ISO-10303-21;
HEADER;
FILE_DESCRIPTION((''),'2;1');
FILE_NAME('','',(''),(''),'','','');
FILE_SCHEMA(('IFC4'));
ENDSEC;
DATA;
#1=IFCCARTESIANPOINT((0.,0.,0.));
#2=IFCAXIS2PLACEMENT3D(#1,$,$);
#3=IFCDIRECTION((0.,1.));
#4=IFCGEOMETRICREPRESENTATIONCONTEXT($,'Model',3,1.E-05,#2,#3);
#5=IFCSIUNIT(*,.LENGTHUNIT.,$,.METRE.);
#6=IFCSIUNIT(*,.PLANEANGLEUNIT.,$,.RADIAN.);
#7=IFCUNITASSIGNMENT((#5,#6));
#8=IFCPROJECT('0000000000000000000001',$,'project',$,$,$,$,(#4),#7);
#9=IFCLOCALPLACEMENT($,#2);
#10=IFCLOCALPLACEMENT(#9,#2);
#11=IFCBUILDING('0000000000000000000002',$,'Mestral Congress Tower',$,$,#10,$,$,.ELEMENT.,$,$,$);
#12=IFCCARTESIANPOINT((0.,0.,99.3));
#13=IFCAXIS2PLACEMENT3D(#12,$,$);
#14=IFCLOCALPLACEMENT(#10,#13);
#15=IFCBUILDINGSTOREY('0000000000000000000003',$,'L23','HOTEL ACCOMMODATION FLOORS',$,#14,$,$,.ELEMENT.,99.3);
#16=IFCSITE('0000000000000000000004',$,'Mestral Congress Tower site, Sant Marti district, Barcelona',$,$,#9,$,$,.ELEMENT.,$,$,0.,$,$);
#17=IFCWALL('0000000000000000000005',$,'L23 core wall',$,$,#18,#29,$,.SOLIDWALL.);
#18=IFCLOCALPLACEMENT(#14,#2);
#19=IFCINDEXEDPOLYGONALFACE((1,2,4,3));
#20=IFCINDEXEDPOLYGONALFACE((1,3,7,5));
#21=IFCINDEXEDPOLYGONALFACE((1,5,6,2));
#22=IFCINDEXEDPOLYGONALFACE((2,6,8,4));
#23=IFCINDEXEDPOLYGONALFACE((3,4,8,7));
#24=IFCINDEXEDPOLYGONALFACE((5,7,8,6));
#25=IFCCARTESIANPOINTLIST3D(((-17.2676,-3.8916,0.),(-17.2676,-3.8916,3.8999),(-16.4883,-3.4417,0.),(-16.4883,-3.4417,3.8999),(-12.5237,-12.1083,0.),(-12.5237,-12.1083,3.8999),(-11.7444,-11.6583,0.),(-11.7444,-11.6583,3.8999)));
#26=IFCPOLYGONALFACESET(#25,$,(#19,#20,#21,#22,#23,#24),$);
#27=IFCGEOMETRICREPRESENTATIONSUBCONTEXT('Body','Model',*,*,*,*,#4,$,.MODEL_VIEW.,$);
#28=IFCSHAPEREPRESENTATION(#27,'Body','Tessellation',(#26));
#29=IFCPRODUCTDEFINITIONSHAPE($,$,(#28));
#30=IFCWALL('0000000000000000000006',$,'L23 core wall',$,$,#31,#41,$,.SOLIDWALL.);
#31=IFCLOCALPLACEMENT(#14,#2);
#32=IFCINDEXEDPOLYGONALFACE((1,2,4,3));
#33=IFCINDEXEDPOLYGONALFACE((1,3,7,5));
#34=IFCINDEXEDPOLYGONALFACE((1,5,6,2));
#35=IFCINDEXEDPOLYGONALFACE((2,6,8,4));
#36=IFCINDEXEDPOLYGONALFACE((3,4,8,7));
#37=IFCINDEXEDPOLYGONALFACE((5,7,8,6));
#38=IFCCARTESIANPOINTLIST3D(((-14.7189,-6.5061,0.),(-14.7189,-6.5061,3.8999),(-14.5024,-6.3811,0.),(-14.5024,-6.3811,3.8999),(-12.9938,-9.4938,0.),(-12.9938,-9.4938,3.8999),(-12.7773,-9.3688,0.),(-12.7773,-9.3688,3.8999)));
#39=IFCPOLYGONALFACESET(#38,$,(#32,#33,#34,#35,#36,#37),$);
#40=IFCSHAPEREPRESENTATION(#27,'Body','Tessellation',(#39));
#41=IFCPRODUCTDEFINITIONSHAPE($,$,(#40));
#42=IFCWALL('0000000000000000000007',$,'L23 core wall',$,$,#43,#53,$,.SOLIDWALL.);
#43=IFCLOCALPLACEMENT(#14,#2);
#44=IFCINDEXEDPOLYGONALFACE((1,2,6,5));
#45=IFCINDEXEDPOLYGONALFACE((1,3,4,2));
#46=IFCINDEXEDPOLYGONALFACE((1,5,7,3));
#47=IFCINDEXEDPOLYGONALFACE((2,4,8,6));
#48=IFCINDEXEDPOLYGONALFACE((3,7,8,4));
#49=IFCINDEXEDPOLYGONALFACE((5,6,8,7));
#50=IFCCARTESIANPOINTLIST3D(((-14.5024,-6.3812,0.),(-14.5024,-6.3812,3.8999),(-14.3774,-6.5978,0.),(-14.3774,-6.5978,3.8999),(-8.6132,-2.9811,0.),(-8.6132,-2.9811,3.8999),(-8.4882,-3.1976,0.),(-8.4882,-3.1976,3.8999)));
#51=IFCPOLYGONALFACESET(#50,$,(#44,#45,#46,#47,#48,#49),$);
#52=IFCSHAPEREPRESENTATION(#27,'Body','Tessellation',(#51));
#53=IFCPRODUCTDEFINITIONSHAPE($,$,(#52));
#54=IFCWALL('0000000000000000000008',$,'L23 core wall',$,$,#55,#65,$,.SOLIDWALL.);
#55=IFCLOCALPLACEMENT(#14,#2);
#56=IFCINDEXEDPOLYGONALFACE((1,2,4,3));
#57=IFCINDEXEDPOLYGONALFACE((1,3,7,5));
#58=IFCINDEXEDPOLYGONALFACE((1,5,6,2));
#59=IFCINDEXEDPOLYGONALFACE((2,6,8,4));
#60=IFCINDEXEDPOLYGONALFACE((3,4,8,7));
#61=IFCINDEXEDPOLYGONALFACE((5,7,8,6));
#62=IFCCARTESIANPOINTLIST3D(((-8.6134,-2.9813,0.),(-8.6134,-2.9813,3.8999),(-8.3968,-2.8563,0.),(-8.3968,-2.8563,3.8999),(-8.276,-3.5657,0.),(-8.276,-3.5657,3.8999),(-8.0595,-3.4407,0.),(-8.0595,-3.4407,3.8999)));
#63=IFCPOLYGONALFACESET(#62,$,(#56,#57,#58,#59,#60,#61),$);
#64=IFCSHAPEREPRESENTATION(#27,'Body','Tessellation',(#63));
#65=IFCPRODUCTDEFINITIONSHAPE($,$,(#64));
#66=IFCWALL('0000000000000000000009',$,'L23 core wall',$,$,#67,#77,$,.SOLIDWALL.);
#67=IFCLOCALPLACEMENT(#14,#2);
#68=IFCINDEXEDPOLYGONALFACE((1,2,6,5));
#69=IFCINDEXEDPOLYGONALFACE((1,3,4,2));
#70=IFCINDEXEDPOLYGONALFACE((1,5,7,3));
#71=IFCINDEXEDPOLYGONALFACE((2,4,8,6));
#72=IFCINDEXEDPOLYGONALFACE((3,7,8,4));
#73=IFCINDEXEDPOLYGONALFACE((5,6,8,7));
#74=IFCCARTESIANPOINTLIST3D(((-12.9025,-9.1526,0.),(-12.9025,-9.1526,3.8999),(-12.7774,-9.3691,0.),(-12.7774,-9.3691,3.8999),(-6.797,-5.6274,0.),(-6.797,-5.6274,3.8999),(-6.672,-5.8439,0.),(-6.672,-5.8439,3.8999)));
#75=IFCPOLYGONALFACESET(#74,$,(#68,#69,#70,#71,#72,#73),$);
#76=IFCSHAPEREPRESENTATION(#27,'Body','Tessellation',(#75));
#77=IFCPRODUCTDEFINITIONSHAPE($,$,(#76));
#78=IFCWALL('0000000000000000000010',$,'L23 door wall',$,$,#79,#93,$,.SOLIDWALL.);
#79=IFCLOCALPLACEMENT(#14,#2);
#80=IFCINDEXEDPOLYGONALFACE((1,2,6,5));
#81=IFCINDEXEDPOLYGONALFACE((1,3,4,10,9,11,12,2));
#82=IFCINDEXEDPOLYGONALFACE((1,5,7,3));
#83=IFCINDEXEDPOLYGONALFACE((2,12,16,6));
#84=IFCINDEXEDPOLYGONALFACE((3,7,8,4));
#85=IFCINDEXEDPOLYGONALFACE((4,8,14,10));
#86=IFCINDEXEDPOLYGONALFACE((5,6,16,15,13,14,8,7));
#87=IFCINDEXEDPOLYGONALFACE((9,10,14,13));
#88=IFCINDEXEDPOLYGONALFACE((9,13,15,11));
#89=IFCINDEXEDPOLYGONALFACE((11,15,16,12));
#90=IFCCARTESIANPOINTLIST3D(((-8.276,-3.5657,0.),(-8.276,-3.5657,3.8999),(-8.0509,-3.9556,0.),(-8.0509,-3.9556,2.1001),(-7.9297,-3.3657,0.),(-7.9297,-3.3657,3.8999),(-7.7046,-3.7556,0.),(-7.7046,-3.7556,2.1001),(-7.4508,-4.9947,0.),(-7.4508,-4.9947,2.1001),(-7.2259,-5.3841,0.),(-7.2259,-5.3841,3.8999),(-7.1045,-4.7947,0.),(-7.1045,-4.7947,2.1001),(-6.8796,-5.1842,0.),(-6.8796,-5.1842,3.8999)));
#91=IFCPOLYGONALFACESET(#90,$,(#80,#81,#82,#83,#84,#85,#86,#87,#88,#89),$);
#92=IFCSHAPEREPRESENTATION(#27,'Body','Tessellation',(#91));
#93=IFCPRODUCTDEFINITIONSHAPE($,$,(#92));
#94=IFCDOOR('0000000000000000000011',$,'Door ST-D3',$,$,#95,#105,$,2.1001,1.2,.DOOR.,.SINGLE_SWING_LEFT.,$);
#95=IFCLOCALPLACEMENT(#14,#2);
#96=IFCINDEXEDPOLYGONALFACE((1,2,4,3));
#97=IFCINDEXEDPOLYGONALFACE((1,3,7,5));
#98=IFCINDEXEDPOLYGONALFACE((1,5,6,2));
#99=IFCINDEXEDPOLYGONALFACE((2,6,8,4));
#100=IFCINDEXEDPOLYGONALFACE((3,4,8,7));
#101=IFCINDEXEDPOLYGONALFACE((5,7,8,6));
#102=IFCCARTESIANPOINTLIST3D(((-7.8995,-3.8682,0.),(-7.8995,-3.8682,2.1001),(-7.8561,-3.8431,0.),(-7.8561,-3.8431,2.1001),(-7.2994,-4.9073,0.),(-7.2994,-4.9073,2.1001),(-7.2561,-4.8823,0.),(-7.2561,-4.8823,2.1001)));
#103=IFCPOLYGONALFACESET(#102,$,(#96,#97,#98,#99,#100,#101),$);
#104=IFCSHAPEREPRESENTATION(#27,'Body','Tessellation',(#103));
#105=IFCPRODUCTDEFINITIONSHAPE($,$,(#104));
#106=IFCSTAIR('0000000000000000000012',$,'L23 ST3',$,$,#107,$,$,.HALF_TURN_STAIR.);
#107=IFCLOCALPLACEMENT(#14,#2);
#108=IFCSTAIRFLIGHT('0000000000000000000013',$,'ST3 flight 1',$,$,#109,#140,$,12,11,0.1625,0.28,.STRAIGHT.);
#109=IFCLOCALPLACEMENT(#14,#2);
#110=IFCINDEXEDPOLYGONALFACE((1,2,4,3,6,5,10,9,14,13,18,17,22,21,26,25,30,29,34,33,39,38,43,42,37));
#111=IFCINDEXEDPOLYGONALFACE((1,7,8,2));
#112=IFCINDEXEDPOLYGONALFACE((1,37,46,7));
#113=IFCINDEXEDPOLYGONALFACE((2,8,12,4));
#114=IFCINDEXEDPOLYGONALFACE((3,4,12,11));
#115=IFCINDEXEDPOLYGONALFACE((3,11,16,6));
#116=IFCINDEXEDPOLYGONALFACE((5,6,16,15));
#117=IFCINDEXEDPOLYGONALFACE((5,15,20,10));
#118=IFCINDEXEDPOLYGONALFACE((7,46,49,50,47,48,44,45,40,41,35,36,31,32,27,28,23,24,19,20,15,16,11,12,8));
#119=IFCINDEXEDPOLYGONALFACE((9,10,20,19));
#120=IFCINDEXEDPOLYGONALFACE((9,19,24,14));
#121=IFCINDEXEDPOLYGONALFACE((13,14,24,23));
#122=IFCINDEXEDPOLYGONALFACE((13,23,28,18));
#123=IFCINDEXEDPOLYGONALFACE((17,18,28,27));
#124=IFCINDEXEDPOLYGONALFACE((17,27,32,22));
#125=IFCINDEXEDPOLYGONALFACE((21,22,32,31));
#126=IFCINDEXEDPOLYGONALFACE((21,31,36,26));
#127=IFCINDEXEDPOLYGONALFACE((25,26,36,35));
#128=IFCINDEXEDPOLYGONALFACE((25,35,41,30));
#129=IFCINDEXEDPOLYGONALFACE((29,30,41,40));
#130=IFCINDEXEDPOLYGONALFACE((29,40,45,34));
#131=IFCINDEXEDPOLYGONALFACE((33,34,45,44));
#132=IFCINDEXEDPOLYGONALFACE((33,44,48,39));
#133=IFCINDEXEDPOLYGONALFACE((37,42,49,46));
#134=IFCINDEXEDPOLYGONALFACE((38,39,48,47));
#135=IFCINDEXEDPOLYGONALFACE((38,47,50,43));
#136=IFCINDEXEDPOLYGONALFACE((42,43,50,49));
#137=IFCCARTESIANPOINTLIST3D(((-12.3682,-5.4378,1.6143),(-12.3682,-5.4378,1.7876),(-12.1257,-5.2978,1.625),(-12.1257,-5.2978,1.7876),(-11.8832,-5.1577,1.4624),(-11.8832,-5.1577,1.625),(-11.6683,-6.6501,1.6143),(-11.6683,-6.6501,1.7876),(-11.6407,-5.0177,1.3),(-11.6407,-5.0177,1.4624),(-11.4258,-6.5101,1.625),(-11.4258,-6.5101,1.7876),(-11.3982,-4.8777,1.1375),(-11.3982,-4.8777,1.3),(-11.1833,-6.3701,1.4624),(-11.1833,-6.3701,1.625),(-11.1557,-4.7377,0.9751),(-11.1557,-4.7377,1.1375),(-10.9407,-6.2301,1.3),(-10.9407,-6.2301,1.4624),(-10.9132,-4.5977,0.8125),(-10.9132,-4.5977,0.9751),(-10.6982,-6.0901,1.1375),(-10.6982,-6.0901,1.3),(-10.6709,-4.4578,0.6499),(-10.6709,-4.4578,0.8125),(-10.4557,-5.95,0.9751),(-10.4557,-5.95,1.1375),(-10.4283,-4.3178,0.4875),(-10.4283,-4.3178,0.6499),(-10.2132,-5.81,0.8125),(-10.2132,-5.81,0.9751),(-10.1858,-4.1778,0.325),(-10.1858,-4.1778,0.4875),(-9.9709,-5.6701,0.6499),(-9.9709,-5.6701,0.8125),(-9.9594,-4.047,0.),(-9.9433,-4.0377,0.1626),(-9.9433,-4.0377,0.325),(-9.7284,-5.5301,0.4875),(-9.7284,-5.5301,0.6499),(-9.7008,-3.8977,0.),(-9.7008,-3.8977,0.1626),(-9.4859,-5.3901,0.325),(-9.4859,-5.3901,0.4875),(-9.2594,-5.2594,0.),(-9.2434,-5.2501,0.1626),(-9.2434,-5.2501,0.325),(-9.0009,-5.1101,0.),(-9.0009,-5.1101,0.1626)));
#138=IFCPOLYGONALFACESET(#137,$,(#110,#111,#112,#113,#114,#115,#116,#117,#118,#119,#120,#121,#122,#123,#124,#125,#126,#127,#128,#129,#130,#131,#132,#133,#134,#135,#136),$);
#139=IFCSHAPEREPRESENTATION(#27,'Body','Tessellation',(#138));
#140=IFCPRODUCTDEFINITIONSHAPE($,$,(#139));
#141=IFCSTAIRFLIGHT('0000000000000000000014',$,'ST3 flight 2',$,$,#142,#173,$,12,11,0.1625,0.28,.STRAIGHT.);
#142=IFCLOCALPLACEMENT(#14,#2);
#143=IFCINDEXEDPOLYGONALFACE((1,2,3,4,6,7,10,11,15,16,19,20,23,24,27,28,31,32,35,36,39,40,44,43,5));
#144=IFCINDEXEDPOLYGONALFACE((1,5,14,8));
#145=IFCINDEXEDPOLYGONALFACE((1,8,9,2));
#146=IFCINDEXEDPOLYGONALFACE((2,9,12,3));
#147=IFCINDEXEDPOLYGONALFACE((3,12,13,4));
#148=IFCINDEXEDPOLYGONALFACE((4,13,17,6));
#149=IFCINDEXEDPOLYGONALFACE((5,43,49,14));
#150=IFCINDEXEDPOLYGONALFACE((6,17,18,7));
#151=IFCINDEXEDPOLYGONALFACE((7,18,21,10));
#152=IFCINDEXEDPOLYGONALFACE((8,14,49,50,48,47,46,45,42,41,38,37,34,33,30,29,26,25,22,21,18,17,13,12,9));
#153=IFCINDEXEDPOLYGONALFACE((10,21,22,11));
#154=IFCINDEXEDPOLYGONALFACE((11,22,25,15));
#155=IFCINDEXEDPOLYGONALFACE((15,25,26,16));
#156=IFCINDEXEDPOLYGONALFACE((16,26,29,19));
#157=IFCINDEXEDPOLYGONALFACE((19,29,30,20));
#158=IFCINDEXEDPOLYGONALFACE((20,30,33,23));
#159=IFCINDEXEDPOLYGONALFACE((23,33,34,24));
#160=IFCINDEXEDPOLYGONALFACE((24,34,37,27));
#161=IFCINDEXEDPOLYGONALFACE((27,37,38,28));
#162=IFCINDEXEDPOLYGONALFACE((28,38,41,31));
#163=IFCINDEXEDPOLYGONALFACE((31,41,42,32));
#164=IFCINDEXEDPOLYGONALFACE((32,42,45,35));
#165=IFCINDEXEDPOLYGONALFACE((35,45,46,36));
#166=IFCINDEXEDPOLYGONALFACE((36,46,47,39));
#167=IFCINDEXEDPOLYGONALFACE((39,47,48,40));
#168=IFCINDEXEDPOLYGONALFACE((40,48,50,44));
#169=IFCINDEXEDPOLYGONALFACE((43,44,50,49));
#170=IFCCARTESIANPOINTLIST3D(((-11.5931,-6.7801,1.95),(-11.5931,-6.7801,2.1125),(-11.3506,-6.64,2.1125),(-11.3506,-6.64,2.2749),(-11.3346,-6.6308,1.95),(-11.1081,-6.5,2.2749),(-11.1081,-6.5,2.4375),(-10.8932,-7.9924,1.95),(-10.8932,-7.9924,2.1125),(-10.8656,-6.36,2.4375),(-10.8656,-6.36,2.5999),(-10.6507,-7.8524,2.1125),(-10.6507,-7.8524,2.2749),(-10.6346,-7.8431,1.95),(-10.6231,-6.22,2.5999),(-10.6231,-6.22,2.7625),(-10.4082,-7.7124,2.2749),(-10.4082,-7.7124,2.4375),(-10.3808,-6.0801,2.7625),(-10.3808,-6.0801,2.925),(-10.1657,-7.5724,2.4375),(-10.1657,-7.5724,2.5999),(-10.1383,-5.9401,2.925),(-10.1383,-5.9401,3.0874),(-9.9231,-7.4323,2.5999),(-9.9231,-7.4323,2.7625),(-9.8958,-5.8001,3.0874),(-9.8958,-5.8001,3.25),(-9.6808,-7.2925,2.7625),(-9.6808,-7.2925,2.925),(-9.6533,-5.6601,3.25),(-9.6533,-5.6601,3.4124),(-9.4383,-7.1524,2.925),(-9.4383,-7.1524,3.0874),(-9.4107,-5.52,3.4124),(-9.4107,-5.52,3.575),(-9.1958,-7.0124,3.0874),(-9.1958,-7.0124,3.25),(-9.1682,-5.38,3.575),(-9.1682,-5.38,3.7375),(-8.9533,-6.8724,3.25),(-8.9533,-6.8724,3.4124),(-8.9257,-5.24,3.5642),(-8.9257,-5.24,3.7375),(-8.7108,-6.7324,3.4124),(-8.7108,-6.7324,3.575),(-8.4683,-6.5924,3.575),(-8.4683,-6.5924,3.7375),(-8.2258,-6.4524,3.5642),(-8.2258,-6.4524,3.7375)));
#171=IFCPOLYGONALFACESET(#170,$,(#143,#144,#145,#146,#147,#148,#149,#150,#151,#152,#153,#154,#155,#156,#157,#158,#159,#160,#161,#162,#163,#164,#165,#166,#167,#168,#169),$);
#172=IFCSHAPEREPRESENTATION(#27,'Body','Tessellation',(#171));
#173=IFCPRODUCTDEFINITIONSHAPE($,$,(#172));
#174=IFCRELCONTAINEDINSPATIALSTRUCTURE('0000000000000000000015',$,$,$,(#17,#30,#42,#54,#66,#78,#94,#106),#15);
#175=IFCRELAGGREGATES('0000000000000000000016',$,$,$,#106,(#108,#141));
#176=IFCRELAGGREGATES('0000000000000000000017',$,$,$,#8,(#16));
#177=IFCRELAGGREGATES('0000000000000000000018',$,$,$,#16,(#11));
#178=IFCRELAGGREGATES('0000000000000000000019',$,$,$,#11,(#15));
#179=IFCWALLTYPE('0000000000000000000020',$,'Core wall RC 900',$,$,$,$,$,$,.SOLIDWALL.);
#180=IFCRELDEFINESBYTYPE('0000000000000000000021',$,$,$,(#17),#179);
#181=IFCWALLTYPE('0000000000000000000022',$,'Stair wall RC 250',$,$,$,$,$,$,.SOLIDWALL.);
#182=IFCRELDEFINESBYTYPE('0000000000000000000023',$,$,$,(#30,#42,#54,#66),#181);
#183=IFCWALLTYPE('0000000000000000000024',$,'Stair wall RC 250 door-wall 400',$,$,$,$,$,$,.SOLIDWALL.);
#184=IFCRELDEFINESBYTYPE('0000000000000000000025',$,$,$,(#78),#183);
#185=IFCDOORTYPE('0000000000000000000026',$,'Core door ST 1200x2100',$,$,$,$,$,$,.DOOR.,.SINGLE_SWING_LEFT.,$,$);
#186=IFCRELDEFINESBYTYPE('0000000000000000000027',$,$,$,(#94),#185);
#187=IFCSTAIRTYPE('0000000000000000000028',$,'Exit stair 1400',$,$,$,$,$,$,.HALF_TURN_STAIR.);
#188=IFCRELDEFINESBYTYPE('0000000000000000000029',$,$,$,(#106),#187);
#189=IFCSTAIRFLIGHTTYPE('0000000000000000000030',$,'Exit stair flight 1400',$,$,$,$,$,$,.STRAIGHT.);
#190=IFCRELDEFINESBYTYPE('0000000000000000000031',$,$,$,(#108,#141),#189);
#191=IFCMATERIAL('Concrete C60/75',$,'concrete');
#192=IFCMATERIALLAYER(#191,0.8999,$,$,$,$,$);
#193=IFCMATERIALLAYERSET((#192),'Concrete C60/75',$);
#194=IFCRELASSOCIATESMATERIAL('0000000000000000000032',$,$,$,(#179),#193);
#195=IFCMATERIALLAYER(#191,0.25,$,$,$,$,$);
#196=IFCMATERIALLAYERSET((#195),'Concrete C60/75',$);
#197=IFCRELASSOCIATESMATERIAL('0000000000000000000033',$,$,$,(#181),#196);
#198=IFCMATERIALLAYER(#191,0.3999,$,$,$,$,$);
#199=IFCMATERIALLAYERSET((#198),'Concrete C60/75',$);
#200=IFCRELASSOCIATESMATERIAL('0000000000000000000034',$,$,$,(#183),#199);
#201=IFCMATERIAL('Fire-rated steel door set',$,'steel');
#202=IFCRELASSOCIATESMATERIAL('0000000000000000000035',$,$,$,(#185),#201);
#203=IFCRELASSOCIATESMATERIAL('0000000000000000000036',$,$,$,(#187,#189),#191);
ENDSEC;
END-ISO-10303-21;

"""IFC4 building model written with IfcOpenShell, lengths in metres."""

from ifc_helpers import new_model, si_unit, direction, frame, frame_2d, origin, place, context, subcontext, project, spatial, polyline, rectangle, outline, extrude, material, layer, layer_set, type_object, element, fill, aggregate, save


model = new_model("IFC4")

# Units and contexts
model_context = context("Model", 3, precision=1e-05, world=origin(), true_north=direction((0.0, 1.0)))
body_context = subcontext(model_context, "Body", "Model", "MODEL_VIEW")
ifc_project = project(units=[si_unit("LENGTHUNIT", "METRE"), si_unit("PLANEANGLEUNIT", "RADIAN")], contexts=[model_context])

# Site, building, storey
site_placement = place(None, origin())
site = spatial("IfcSite", under=ifc_project, at=site_placement, Name="Mestral Congress Tower site, Sant Marti district, Barcelona", CompositionType="ELEMENT", RefElevation=0.0)
building_placement = place(site_placement, origin())
building = spatial("IfcBuilding", under=site, at=building_placement, Name="Mestral Congress Tower", CompositionType="ELEMENT")
storey_placement = place(building_placement, frame((0.0, 0.0, 99.3)))
storey = spatial("IfcBuildingStorey", under=building, at=storey_placement, Name="L23", Description="HOTEL ACCOMMODATION FLOORS", CompositionType="ELEMENT", Elevation=99.3)

# Walls
ifc_material_1 = material(Name="Concrete C60/75", Category="concrete")
ifc_layer_1 = layer(ifc_material_1, 0.8999)
ifc_layer_set_1 = layer_set([ifc_layer_1], Name="Concrete C60/75")
wall_type_1 = type_object("IfcWallType", Name="Core wall RC 900", PredefinedType="SOLIDWALL", material=ifc_layer_set_1)
wall_1_placement = place(storey_placement, frame((-12.134, -11.8833, 0.0), z_axis=(0.0, 0.0, 1.0), x_axis=(-0.500005, 0.866022, 0.0)))
element("IfcWall", 1, at=wall_1_placement, inside=storey, type_object=wall_type_1, Name="L23 core wall", PredefinedType="SOLIDWALL", context=body_context, shape_type="SweptSolid", body=[
    extrude(rectangle(XDim=9.4878, YDim=0.8999, at=frame_2d((4.7439, 0.0))), origin(), (0.0, 0.0, 1.0), 3.8999),
])
ifc_layer_2 = layer(ifc_material_1, 0.25)
ifc_layer_set_2 = layer_set([ifc_layer_2], Name="Concrete C60/75")
wall_type_2 = type_object("IfcWallType", Name="Stair wall RC 250", PredefinedType="SOLIDWALL", material=ifc_layer_set_2)
wall_2_placement = place(storey_placement, frame((-12.8855, -9.4314, 0.0), z_axis=(0.0, 0.0, 1.0), x_axis=(-0.500021, 0.866014, 0.0)))
element("IfcWall", 2, at=wall_2_placement, inside=storey, type_object=wall_type_2, Name="L23 core wall", PredefinedType="SOLIDWALL", context=body_context, shape_type="SweptSolid", body=[
    extrude(rectangle(XDim=3.45, YDim=0.25, at=frame_2d((1.7251, 0.0))), origin(), (0.0, 0.0, 1.0), 3.8999),
])
wall_3_placement = place(storey_placement, frame((-14.4399, -6.4895, 0.0), z_axis=(0.0, 0.0, 1.0), x_axis=(0.866023, 0.500004, 0.0)))
element("IfcWall", 3, at=wall_3_placement, inside=storey, type_object=wall_type_2, Name="L23 core wall", PredefinedType="SOLIDWALL", context=body_context, shape_type="SweptSolid", body=[
    extrude(rectangle(XDim=6.8003, YDim=0.25, at=frame_2d((3.4001, 0.0))), origin(), (0.0, 0.0, 1.0), 3.8999),
])
wall_4_placement = place(storey_placement, frame((-8.1677, -3.5032, 0.0), z_axis=(0.0, 0.0, 1.0), x_axis=(-0.499952, 0.866053, 0.0)))
element("IfcWall", 4, at=wall_4_placement, inside=storey, type_object=wall_type_2, Name="L23 core wall", PredefinedType="SOLIDWALL", context=body_context, shape_type="SweptSolid", body=[
    extrude(rectangle(XDim=0.6748, YDim=0.25, at=frame_2d((0.3374, 0.0))), origin(), (0.0, 0.0, 1.0), 3.8999),
])
wall_5_placement = place(storey_placement, frame((-12.8398, -9.2607, 0.0), z_axis=(0.0, 0.0, 1.0), x_axis=(0.866016, 0.500016, 0.0)))
element("IfcWall", 5, at=wall_5_placement, inside=storey, type_object=wall_type_2, Name="L23 core wall", PredefinedType="SOLIDWALL", context=body_context, shape_type="SweptSolid", body=[
    extrude(rectangle(XDim=7.05, YDim=0.25, at=frame_2d((3.5249, 0.0))), origin(), (0.0, 0.0, 1.0), 3.8999),
])

# Wall, opening, door
ifc_layer_3 = layer(ifc_material_1, 0.3999)
ifc_layer_set_3 = layer_set([ifc_layer_3], Name="Concrete C60/75")
wall_type_3 = type_object("IfcWallType", Name="Stair wall RC 250 door-wall 400", PredefinedType="SOLIDWALL", material=ifc_layer_set_3)
wall_6_placement = place(storey_placement, frame((-8.1028, -3.4658, 0.0), z_axis=(0.0, 0.0, 1.0), x_axis=(0.500078, -0.86598, 0.0)))
wall_6 = element("IfcWall", 6, at=wall_6_placement, inside=storey, type_object=wall_type_3, Name="L23 door wall", PredefinedType="SOLIDWALL", context=body_context, shape_type="SweptSolid", body=[
    extrude(rectangle(XDim=2.0999, YDim=0.3999, at=frame_2d((1.0498, 0.0))), origin(), (0.0, 0.0, 1.0), 3.8999),
])
opening_placement = place(wall_6_placement, frame((0.45, 0.0, 0.0)))
opening = element("IfcOpeningElement", 7, at=opening_placement, cuts=wall_6, PredefinedType="OPENING", context=body_context, shape_type="SweptSolid", body=[
    extrude(rectangle(XDim=1.2, YDim=2.1001, at=frame_2d((0.6001, 1.05))), frame((0.0, 0.21, 0.0), z_axis=(0.0, -1.0, 0.0), x_axis=(1.0, 0.0, 0.0)), (0.0, 0.0, 1.0), 0.4199),
])
ifc_material_2 = material(Name="Fire-rated steel door set", Category="steel")
door_type = type_object("IfcDoorType", Name="Core door ST 1200x2100", OperationType="SINGLE_SWING_LEFT", PredefinedType="DOOR", material=ifc_material_2)
door_placement = place(opening_placement, origin())
door = element("IfcDoor", 8, at=door_placement, inside=storey, type_object=door_type, Name="Door ST-D3", OperationType="SINGLE_SWING_LEFT", OverallHeight=2.1001, OverallWidth=1.2, PredefinedType="DOOR", context=body_context, shape_type="SweptSolid", body=[
    extrude(rectangle(XDim=1.2, YDim=2.1001, at=frame_2d((0.6001, 1.05))), frame((0.0, 0.0249, 0.0), z_axis=(0.0, -1.0, 0.0), x_axis=(1.0, 0.0, 0.0)), (0.0, 0.0, 1.0), 0.05),
])
fill(opening, door)

# Stair, stair flights
stair_type = type_object("IfcStairType", Name="Exit stair 1400", PredefinedType="HALF_TURN_STAIR", material=ifc_material_1)
stair_placement = place(storey_placement, origin())
stair = element("IfcStair", 9, at=stair_placement, inside=storey, type_object=stair_type, Name="L23 ST3", PredefinedType="HALF_TURN_STAIR")
stair_flight_type = type_object("IfcStairFlightType", Name="Exit stair flight 1400", PredefinedType="STRAIGHT", material=ifc_material_1)
stair_flight_1_placement = place(storey_placement, frame((-9.3508, -4.5039, 0.0), z_axis=(0.0, 0.0, 1.0), x_axis=(-0.866025, -0.5, 0.0)))
stair_flight_1 = element("IfcStairFlight", 10, at=stair_flight_1_placement, type_object=stair_flight_type, Name="ST3 flight 1", NumberOfRisers=12, NumberOfTreads=11, PredefinedType="STRAIGHT", RiserHeight=0.1625, TreadLength=0.28, context=body_context, shape_type="SweptSolid", body=[
    extrude(outline(polyline([(0.0, 0.0), (0.0, 0.1626), (0.28, 0.1626), (0.28, 0.325), (0.5601, 0.325), (0.5601, 0.4875), (0.8401, 0.4875), (0.8401, 0.6499), (1.1201, 0.6499), (1.1201, 0.8125), (1.3999, 0.8125), (1.3999, 0.9751), (1.6799, 0.9751), (1.6799, 1.1375), (1.96, 1.1375), (1.96, 1.3), (2.24, 1.3), (2.24, 1.4624), (2.52, 1.4624), (2.52, 1.625), (2.8, 1.625), (2.8, 1.7876), (3.0801, 1.7876), (3.0801, 1.95), (3.0801, 1.6143), (0.2986, 0.0), (0.0, 0.0)])), frame((0.0, 0.7, 0.0), z_axis=(0.0, -1.0, 0.0), x_axis=(1.0, 0.0, 0.0)), (0.0, 0.0, 1.0), 1.3999),
])
stair_flight_2_placement = place(storey_placement, frame((-11.2432, -7.3862, 1.95), z_axis=(0.0, 0.0, 1.0), x_axis=(0.866025, 0.5, 0.0)))
stair_flight_2 = element("IfcStairFlight", 11, at=stair_flight_2_placement, type_object=stair_flight_type, Name="ST3 flight 2", NumberOfRisers=12, NumberOfTreads=11, PredefinedType="STRAIGHT", RiserHeight=0.1625, TreadLength=0.28, context=body_context, shape_type="SweptSolid", body=[
    extrude(outline(polyline([(0.0, 0.0), (0.0, 0.1626), (0.28, 0.1626), (0.28, 0.325), (0.5601, 0.325), (0.5601, 0.4875), (0.8401, 0.4875), (0.8401, 0.6499), (1.1201, 0.6499), (1.1201, 0.8125), (1.3999, 0.8125), (1.3999, 0.9751), (1.6799, 0.9751), (1.6799, 1.1375), (1.96, 1.1375), (1.96, 1.3), (2.24, 1.3), (2.24, 1.4624), (2.52, 1.4624), (2.52, 1.625), (2.8, 1.625), (2.8, 1.7876), (3.0801, 1.7876), (3.0801, 1.95), (3.0801, 1.6143), (0.2986, 0.0), (0.0, 0.0)])), frame((0.0, 0.7, 0.0), z_axis=(0.0, -1.0, 0.0), x_axis=(1.0, 0.0, 0.0)), (0.0, 0.0, 1.0), 1.3999),
])
aggregate(stair, [stair_flight_1, stair_flight_2])

save(model, "model.ifc")
